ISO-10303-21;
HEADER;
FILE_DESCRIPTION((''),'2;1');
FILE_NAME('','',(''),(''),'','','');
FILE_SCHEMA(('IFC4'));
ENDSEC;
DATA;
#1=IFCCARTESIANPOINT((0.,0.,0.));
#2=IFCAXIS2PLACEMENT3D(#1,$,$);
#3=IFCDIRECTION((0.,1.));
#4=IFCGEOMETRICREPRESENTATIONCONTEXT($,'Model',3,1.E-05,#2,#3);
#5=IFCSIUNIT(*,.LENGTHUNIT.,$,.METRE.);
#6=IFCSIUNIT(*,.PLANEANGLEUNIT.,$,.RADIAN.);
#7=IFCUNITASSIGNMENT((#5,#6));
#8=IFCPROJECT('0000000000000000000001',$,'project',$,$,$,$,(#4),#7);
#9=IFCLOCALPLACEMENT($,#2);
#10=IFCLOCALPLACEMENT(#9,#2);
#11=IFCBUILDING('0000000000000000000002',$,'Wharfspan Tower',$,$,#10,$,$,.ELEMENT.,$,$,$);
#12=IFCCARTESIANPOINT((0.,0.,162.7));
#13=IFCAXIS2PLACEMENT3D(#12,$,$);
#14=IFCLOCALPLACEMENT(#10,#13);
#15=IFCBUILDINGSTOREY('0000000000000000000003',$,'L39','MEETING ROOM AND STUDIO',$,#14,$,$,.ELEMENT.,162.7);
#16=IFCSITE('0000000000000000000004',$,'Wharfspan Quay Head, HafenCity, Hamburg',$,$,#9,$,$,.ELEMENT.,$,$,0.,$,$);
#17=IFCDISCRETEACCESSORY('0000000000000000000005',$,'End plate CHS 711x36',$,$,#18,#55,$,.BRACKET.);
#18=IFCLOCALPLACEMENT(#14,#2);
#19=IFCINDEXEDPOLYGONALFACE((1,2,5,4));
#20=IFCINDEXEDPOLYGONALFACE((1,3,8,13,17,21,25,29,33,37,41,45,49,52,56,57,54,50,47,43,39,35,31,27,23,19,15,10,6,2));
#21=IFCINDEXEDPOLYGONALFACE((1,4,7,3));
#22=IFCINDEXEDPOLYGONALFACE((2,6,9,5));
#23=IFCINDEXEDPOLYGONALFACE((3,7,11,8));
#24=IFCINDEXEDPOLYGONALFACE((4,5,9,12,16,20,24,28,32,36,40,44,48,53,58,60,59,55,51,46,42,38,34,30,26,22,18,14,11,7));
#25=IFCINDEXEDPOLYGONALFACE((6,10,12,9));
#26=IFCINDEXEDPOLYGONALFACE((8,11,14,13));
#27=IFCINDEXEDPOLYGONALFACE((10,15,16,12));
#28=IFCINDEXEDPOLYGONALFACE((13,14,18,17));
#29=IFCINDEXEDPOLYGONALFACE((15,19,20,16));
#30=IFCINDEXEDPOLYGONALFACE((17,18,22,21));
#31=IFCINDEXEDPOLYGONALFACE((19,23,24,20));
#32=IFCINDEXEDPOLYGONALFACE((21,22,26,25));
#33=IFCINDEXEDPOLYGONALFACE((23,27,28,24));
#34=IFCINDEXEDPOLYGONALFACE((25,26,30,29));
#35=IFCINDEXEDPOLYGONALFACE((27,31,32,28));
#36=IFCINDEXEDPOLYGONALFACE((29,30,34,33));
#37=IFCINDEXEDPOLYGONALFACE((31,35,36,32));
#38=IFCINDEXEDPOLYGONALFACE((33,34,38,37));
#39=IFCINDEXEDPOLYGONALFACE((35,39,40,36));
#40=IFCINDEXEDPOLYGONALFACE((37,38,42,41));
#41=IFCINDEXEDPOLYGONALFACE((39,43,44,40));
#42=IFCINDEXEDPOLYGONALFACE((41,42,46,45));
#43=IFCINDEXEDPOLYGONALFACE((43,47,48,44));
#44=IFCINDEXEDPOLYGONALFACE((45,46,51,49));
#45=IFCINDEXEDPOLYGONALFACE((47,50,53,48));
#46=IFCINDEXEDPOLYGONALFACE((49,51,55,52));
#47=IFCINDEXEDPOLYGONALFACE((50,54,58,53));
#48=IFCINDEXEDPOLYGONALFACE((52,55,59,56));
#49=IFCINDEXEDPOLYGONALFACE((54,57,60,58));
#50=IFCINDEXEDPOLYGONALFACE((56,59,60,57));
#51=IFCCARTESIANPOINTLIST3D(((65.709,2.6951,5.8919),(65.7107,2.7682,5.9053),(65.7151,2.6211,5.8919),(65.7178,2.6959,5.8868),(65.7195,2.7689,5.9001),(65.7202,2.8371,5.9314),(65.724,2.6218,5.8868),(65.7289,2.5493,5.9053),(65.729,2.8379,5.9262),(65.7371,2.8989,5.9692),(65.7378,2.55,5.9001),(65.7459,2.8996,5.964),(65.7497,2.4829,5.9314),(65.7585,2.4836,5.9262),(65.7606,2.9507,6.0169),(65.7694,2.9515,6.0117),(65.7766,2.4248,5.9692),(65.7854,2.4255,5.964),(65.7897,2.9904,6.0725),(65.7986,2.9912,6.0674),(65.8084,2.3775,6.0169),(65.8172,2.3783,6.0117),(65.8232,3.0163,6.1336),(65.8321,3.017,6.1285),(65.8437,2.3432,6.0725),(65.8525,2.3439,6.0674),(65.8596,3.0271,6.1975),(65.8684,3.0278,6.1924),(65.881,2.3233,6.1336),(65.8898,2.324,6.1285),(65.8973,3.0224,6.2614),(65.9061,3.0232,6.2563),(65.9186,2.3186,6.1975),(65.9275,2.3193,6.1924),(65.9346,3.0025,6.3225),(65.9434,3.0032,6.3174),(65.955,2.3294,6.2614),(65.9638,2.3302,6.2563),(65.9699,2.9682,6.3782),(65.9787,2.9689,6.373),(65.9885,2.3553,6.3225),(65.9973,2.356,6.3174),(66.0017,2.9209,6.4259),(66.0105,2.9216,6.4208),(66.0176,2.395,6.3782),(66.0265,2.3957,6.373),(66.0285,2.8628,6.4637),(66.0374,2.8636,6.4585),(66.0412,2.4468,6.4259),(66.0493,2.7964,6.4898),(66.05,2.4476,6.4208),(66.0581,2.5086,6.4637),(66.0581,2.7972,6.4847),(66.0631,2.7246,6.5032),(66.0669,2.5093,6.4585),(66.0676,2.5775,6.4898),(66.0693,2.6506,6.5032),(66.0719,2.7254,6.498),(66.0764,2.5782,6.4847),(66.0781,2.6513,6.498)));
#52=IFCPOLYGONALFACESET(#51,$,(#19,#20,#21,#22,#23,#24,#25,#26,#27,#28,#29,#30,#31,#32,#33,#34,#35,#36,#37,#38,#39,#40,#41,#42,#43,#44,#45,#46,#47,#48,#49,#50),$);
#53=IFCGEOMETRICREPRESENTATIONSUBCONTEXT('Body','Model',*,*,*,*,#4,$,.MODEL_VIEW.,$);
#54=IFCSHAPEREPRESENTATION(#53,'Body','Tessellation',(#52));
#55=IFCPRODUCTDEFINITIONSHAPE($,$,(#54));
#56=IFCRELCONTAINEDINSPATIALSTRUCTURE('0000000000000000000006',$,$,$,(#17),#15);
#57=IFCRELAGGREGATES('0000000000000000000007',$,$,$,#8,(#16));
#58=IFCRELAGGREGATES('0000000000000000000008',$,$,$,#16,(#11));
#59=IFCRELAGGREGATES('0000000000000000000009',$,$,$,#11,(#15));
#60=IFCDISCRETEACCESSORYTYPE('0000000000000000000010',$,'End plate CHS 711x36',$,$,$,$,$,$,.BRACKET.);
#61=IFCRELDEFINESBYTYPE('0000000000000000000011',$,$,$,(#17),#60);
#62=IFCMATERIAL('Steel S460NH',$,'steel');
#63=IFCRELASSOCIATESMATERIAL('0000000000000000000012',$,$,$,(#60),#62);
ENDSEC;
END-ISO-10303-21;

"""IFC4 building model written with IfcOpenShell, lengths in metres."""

from ifc_helpers import new_model, si_unit, direction, frame, origin, origin_2d, place, context, subcontext, project, spatial, circle, extrude, material, material_profile, profile_set, type_object, element, save


model = new_model("IFC4")

# Units and contexts
model_context = context("Model", 3, precision=1e-05, world=origin(), true_north=direction((0.0, 1.0)))
body_context = subcontext(model_context, "Body", "Model", "MODEL_VIEW")
ifc_project = project(units=[si_unit("LENGTHUNIT", "METRE"), si_unit("PLANEANGLEUNIT", "RADIAN")], contexts=[model_context])

# Site, building, storey
site_placement = place(None, origin())
site = spatial("IfcSite", under=ifc_project, at=site_placement, Name="Wharfspan Quay Head, HafenCity, Hamburg", CompositionType="ELEMENT", RefElevation=0.0)
building_placement = place(site_placement, origin())
building = spatial("IfcBuilding", under=site, at=building_placement, Name="Wharfspan Tower", CompositionType="ELEMENT")
storey_placement = place(building_placement, frame((0.0, 0.0, 162.7)))
storey = spatial("IfcBuildingStorey", under=building, at=storey_placement, Name="L39", Description="MEETING ROOM AND STUDIO", CompositionType="ELEMENT", Elevation=162.7)

# Shared definitions
ifc_material_1 = material(Name="Steel S460NH", Category="steel")

# Discrete accessory
ifc_material_profile_1 = material_profile(ifc_material_1, circle(Radius=0.3555, at=origin_2d()))
ifc_profile_set_1 = profile_set([ifc_material_profile_1], Name="Steel S460NH")
discrete_accessory_type = type_object("IfcDiscreteAccessoryType", Name="End plate CHS 711x36", PredefinedType="BRACKET", material=ifc_profile_set_1)
for number, where, z_axis, x_axis, name in (
    (1, (65.8979, 2.6736, 6.1924), (-0.86155, -0.071796, 0.502571), (0.083046, -0.99655, 0.0), "End plate CHS 711x36"),
):
    element("IfcDiscreteAccessory", number, at=place(storey_placement, frame(where, z_axis=z_axis, x_axis=x_axis)), inside=storey, type_object=discrete_accessory_type, Name=name, PredefinedType="BRACKET", context=body_context, shape_type="SweptSolid", body=[
        extrude(circle(Radius=0.3555, at=origin_2d()), origin(), (0.0, 0.0, 1.0), 0.0103),
    ])

save(model, "model.ifc")
